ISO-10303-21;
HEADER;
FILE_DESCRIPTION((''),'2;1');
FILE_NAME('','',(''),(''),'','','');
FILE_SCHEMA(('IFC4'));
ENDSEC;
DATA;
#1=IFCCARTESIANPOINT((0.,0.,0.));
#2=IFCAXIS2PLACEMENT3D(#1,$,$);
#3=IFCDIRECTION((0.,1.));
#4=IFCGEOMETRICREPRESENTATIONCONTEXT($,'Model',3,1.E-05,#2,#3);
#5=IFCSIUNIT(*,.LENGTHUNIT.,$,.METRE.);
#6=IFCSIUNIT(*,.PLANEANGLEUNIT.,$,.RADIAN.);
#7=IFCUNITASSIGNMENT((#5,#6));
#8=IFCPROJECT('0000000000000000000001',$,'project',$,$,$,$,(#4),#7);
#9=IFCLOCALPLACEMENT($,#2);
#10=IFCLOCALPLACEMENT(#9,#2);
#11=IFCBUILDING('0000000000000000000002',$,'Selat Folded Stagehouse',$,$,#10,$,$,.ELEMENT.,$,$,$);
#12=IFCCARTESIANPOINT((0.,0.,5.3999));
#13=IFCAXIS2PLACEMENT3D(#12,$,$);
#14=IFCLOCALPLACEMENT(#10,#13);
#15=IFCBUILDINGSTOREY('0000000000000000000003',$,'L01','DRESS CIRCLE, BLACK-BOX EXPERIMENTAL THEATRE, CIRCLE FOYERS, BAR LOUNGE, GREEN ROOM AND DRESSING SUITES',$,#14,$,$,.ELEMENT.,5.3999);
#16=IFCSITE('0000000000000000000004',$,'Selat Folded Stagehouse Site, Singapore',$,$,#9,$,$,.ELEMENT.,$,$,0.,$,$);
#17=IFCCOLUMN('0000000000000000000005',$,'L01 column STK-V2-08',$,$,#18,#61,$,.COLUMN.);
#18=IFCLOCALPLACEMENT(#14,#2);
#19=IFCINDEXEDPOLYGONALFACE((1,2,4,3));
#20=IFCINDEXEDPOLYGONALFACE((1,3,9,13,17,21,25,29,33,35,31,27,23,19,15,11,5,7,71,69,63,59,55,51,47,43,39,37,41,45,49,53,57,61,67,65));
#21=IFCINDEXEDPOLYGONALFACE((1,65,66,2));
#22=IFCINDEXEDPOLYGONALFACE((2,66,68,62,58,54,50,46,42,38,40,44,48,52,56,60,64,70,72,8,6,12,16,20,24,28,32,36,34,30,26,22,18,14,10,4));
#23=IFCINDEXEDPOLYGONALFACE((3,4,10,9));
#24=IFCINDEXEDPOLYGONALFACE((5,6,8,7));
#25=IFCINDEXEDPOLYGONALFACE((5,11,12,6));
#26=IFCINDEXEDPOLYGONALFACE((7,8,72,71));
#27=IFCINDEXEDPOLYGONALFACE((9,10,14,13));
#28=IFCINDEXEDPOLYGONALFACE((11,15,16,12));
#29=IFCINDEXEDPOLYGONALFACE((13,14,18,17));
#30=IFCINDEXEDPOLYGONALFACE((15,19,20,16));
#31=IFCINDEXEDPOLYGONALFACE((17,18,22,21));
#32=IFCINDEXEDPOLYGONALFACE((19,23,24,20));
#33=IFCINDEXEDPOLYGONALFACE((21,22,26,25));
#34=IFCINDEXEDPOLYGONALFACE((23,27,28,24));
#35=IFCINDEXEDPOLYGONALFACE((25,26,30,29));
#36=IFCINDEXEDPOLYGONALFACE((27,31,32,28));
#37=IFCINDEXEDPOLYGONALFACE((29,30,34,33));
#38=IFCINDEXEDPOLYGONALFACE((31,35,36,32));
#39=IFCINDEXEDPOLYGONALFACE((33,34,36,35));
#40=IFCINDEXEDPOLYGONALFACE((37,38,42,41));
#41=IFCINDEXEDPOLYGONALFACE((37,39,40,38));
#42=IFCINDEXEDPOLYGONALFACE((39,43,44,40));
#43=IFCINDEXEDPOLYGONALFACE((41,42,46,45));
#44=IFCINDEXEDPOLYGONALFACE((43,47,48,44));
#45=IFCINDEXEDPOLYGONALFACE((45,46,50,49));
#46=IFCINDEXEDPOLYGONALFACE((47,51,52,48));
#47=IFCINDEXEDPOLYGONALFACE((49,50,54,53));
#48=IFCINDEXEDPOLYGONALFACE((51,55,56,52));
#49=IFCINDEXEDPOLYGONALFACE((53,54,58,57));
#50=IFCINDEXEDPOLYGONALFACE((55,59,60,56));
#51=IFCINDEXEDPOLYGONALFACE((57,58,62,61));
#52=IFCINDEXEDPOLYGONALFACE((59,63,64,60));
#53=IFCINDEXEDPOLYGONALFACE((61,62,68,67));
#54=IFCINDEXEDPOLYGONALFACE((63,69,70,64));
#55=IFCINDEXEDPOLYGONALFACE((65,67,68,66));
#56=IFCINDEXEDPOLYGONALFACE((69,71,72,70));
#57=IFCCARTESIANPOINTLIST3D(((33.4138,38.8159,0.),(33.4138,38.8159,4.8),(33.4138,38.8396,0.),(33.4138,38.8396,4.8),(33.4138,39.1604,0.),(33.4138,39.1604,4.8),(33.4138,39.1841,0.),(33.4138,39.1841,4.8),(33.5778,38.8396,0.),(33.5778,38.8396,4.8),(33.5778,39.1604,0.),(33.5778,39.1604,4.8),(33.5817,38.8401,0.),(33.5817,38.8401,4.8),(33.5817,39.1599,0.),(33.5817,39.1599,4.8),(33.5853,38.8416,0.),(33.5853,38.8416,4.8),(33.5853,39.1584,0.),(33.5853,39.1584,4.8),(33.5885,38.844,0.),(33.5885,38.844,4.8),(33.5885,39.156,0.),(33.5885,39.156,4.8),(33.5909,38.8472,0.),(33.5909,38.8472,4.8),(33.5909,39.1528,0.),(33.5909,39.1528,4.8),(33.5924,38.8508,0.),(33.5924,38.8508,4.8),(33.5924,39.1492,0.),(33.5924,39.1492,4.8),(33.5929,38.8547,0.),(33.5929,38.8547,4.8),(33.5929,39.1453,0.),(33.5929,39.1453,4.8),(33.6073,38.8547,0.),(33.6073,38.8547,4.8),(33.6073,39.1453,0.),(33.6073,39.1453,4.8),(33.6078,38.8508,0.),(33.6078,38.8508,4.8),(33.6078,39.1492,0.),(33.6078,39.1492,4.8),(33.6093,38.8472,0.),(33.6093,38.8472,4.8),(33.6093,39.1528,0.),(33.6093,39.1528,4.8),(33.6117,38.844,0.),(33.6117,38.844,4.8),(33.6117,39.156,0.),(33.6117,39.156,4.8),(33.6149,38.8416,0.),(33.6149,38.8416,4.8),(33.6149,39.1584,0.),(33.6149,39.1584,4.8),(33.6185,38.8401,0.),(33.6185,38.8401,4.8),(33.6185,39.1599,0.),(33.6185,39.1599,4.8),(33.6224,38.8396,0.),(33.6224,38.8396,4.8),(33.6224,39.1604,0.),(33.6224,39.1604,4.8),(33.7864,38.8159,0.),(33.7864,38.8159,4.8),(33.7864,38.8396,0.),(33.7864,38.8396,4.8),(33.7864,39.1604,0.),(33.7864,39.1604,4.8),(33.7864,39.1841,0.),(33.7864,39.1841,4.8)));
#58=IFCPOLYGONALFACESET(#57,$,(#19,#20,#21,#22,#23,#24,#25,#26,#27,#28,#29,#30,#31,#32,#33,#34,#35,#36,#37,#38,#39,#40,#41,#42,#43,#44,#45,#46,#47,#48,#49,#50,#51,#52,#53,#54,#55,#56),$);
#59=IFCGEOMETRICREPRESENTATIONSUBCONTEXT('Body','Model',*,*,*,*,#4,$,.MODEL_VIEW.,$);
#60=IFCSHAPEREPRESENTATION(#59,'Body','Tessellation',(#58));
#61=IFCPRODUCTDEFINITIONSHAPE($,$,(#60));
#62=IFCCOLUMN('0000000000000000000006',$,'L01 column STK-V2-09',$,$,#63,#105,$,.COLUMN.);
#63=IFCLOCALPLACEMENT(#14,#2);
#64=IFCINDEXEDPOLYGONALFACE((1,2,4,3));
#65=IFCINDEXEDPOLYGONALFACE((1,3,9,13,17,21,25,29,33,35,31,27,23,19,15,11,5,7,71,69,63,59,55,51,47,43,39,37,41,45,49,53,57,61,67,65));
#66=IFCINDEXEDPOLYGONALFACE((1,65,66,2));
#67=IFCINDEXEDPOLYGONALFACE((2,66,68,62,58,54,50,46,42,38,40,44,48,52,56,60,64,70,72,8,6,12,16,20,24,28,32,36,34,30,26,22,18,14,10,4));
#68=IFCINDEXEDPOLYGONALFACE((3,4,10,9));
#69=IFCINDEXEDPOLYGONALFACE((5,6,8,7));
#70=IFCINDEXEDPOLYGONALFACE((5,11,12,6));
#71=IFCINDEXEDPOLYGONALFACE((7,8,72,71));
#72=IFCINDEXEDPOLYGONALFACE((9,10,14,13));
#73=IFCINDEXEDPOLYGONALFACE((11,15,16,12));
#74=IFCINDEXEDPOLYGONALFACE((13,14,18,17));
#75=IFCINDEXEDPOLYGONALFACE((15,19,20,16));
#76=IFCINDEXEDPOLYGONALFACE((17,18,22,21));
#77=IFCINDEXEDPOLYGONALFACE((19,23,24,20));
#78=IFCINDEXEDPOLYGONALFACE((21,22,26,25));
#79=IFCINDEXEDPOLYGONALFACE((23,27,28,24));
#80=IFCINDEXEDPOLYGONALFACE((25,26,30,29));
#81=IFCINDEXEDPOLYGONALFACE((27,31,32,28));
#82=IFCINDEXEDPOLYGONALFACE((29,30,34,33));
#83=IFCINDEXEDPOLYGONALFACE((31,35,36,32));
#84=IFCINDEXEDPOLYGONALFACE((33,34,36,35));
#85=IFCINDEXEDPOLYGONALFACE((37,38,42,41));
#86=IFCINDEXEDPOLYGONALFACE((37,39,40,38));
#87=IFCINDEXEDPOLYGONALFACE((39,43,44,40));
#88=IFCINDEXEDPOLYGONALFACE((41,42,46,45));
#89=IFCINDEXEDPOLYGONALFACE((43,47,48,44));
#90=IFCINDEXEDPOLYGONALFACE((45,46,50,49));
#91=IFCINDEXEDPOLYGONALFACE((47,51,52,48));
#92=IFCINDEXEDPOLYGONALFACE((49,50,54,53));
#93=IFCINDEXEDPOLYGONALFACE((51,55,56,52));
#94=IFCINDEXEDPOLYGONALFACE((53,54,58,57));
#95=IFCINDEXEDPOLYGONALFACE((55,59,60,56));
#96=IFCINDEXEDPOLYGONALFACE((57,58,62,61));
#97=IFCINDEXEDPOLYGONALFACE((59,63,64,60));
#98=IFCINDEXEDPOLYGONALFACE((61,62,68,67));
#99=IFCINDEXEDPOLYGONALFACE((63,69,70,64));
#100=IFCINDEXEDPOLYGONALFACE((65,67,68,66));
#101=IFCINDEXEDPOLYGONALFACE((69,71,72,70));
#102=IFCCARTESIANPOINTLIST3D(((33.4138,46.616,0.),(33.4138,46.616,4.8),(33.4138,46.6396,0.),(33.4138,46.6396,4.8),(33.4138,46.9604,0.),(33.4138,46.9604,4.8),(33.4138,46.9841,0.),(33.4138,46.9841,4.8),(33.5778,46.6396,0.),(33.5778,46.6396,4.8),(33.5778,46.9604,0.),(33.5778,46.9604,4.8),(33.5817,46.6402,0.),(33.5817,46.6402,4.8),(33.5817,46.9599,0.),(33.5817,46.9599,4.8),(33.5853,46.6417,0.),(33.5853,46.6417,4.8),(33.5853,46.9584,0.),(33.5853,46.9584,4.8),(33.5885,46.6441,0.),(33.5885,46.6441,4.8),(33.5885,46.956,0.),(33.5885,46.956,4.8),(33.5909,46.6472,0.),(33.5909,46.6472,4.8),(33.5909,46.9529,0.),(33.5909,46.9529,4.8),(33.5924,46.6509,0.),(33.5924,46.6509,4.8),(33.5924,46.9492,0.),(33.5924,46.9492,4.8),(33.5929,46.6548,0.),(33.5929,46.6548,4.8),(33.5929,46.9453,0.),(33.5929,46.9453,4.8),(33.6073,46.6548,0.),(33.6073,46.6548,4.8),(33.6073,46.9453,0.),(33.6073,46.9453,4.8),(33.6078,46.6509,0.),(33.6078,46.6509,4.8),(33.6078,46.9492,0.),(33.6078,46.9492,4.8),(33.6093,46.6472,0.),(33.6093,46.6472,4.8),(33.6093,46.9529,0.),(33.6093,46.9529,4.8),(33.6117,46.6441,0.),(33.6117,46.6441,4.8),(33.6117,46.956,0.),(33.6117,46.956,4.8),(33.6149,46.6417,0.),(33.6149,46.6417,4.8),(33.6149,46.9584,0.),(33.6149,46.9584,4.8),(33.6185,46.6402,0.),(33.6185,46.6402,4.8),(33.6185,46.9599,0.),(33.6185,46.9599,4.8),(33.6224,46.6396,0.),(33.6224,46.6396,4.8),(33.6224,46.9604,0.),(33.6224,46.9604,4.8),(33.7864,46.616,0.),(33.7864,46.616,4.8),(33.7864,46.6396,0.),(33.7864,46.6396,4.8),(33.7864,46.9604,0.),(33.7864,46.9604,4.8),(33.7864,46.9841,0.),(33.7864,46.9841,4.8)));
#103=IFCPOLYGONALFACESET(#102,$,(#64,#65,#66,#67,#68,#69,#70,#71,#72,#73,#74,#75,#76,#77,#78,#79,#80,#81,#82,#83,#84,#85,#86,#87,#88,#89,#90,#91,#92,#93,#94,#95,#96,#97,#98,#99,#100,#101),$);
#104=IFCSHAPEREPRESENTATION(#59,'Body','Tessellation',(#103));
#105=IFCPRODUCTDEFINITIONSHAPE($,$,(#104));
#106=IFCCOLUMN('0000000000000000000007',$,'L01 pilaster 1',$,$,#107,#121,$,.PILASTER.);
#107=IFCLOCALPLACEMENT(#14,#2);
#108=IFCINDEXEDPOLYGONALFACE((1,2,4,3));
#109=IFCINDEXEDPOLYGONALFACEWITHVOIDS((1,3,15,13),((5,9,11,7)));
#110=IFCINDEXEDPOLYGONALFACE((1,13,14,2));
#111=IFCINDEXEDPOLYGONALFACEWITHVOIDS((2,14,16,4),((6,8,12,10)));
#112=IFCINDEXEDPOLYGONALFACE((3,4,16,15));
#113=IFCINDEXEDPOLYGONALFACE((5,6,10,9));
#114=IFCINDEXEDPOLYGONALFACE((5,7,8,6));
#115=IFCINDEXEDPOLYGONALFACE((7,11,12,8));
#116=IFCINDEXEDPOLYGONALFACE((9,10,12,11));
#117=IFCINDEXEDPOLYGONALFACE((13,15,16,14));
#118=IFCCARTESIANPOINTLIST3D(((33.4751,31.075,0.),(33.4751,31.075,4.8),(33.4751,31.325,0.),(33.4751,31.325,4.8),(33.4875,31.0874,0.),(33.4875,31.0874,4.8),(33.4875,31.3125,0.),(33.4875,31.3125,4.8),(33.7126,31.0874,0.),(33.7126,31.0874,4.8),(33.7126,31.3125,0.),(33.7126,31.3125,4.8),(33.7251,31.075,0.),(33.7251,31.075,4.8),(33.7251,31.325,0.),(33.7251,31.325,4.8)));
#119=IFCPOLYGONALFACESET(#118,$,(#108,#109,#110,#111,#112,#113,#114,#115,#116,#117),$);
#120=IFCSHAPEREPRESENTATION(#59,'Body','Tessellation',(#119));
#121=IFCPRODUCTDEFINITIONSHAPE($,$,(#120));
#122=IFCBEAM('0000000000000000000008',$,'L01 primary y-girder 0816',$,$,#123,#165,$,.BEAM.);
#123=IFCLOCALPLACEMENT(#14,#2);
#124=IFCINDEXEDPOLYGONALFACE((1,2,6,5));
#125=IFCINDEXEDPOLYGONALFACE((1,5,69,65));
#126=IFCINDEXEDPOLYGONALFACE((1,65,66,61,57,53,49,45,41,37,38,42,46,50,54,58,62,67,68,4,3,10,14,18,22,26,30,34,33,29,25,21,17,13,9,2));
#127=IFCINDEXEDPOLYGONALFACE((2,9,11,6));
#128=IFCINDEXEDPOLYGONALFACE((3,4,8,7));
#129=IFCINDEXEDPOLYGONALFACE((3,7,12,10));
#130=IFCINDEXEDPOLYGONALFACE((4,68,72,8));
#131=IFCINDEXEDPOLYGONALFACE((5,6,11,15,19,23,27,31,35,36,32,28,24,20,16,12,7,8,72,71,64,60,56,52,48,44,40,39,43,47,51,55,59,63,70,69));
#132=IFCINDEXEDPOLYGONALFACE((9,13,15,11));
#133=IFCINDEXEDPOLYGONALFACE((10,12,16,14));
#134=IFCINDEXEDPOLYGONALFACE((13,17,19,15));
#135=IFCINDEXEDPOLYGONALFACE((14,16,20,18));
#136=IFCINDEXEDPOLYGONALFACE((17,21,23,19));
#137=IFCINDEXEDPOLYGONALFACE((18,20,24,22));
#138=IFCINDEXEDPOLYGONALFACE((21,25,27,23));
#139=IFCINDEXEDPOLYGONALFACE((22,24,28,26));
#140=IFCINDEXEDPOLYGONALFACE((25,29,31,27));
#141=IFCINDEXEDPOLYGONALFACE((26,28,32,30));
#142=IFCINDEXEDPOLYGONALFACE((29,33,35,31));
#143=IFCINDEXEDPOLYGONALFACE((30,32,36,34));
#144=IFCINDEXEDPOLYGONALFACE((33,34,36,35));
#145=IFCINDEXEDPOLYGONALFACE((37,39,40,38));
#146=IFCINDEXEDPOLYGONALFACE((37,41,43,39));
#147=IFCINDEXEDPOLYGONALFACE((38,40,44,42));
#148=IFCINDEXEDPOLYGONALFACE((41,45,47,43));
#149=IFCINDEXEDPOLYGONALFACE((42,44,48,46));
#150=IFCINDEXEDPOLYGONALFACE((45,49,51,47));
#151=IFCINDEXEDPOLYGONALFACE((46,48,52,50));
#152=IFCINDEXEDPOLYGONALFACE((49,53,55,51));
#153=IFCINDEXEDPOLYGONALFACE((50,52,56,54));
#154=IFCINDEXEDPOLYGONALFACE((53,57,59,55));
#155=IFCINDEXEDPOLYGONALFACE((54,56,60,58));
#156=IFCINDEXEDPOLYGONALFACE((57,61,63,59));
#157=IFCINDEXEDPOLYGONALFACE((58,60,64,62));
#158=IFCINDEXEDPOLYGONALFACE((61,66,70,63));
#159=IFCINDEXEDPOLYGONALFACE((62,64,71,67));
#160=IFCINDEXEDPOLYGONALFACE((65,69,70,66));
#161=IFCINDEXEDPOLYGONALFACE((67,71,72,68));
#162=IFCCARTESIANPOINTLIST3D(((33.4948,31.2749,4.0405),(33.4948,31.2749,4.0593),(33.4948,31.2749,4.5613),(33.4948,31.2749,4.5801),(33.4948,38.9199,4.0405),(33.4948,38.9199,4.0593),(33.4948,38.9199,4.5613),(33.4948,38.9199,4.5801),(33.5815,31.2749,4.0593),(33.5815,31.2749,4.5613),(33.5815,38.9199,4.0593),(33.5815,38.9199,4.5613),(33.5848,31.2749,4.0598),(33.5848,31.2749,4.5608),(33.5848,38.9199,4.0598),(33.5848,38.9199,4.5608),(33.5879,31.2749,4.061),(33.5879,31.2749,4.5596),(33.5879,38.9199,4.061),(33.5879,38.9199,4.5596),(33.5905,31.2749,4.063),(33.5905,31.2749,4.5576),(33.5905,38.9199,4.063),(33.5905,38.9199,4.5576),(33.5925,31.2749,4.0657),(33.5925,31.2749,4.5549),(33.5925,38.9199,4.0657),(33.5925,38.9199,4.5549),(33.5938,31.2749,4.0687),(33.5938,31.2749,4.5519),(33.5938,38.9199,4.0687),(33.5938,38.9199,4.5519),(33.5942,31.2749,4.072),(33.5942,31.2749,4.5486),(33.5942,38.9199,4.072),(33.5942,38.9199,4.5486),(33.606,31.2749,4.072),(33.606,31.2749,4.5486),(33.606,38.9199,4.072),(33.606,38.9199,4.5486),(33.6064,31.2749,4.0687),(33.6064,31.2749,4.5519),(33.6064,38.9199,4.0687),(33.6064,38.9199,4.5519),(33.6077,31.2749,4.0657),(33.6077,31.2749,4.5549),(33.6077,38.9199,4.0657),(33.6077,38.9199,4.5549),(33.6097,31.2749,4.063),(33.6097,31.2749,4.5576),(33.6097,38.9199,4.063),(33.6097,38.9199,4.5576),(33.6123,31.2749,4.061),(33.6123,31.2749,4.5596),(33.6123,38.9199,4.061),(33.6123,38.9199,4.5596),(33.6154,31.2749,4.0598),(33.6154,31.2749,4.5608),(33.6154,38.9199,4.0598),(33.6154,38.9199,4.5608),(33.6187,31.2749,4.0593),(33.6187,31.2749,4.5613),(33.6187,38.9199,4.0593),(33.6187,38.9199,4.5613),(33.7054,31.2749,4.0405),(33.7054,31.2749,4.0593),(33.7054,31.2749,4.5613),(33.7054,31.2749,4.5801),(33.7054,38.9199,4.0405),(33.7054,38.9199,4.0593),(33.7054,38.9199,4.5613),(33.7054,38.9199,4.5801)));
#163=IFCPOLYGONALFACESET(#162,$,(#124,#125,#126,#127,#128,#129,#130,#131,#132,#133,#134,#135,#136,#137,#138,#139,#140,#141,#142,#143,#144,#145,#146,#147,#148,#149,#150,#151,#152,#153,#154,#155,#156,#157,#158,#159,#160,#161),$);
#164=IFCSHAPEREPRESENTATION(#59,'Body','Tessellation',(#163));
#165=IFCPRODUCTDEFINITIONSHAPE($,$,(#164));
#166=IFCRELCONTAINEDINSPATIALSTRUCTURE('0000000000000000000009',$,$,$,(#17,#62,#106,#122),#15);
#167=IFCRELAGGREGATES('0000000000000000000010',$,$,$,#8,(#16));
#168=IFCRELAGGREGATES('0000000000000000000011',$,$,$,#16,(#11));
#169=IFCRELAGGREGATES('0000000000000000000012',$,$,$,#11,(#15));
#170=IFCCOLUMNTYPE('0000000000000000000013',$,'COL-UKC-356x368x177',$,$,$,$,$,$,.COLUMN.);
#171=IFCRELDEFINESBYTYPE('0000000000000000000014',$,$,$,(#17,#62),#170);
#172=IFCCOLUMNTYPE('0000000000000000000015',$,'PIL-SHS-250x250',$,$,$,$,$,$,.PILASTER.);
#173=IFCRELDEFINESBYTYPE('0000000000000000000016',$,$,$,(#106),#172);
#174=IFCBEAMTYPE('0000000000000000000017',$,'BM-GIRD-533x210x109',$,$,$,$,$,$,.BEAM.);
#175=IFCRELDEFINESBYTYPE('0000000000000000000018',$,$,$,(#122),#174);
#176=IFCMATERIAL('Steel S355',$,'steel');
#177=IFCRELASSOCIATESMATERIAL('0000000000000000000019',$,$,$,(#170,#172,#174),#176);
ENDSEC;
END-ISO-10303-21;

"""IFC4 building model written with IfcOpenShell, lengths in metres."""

from ifc_helpers import new_model, si_unit, direction, frame, origin, origin_2d, place, context, subcontext, project, spatial, hollow_rectangle, i_section, extrude, material, material_profile, profile_set, type_object, element, save


model = new_model("IFC4")

# Units and contexts
model_context = context("Model", 3, precision=1e-05, world=origin(), true_north=direction((0.0, 1.0)))
body_context = subcontext(model_context, "Body", "Model", "MODEL_VIEW")
ifc_project = project(units=[si_unit("LENGTHUNIT", "METRE"), si_unit("PLANEANGLEUNIT", "RADIAN")], contexts=[model_context])

# Site, building, storey
site_placement = place(None, origin())
site = spatial("IfcSite", under=ifc_project, at=site_placement, Name="Selat Folded Stagehouse Site, Singapore", CompositionType="ELEMENT", RefElevation=0.0)
building_placement = place(site_placement, origin())
building = spatial("IfcBuilding", under=site, at=building_placement, Name="Selat Folded Stagehouse", CompositionType="ELEMENT")
storey_placement = place(building_placement, frame((0.0, 0.0, 5.3999)))
storey = spatial("IfcBuildingStorey", under=building, at=storey_placement, Name="L01", Description="DRESS CIRCLE, BLACK-BOX EXPERIMENTAL THEATRE, CIRCLE FOYERS, BAR LOUNGE, GREEN ROOM AND DRESSING SUITES", CompositionType="ELEMENT", Elevation=5.3999)

# Columns
ifc_material_1 = material(Name="Steel S355", Category="steel")
ifc_material_profile_1 = material_profile(ifc_material_1, i_section(OverallWidth=0.3726, OverallDepth=0.3682, WebThickness=0.0144, FlangeThickness=0.0237, FilletRadius=0.0151, at=origin_2d()), Name="UKC 356x368x177")
ifc_profile_set_1 = profile_set([ifc_material_profile_1], Name="Steel S355")
column_type_1 = type_object("IfcColumnType", Name="COL-UKC-356x368x177", PredefinedType="COLUMN", material=ifc_profile_set_1)
for number, where, z_axis, x_axis, name in (
    (1, (33.6001, 39.0, 0.0), (0.0, 0.0, 1.0), (1.0, 0.0, 0.0), "L01 column STK-V2-08"),
    (2, (33.6001, 46.8, 0.0), (0.0, 0.0, 1.0), (1.0, 0.0, 0.0), "L01 column STK-V2-09"),
):
    element("IfcColumn", number, at=place(storey_placement, frame(where, z_axis=z_axis, x_axis=x_axis)), inside=storey, type_object=column_type_1, Name=name, PredefinedType="COLUMN", context=body_context, shape_type="SweptSolid", body=[
        extrude(i_section(OverallWidth=0.3726, OverallDepth=0.3682, WebThickness=0.0144, FlangeThickness=0.0237, FilletRadius=0.0151, at=origin_2d()), origin(), (0.0, 0.0, 1.0), 4.8),
    ])
ifc_material_profile_2 = material_profile(ifc_material_1, hollow_rectangle(XDim=0.25, YDim=0.25, WallThickness=0.0125, at=origin_2d()), Name="SHS 250x250x12.5")
ifc_profile_set_2 = profile_set([ifc_material_profile_2], Name="Steel S355")
column_type_2 = type_object("IfcColumnType", Name="PIL-SHS-250x250", PredefinedType="PILASTER", material=ifc_profile_set_2)
column_placement = place(storey_placement, frame((33.6001, 31.2, 0.0), z_axis=(0.0, 0.0, 1.0), x_axis=(1.0, 0.0, 0.0)))
element("IfcColumn", 3, at=column_placement, inside=storey, type_object=column_type_2, Name="L01 pilaster 1", PredefinedType="PILASTER", context=body_context, shape_type="SweptSolid", body=[
    extrude(hollow_rectangle(XDim=0.25, YDim=0.25, WallThickness=0.0125, at=origin_2d()), origin(), (0.0, 0.0, 1.0), 4.8),
])

# Beam
ifc_material_profile_3 = material_profile(ifc_material_1, i_section(OverallWidth=0.2107, OverallDepth=0.5396, WebThickness=0.0117, FlangeThickness=0.0188, FilletRadius=0.0127, at=origin_2d()), Name="UKB 533x210x109")
ifc_profile_set_3 = profile_set([ifc_material_profile_3], Name="Steel S355")
beam_type_1 = type_object("IfcBeamType", Name="BM-GIRD-533x210x109", PredefinedType="BEAM", material=ifc_profile_set_3)
beam_1_placement = place(storey_placement, frame((33.6001, 31.2749, 4.3103), z_axis=(0.0, 1.0, 0.0), x_axis=(-1.0, 0.0, 0.0)))
element("IfcBeam", 4, at=beam_1_placement, inside=storey, type_object=beam_type_1, Name="L01 primary y-girder 0816", PredefinedType="BEAM", context=body_context, shape_type="SweptSolid", body=[
    extrude(i_section(OverallWidth=0.2107, OverallDepth=0.5396, WebThickness=0.0117, FlangeThickness=0.0188, FilletRadius=0.0127, at=origin_2d()), origin(), (0.0, 0.0, 1.0), 7.645),
])

save(model, "model.ifc")
